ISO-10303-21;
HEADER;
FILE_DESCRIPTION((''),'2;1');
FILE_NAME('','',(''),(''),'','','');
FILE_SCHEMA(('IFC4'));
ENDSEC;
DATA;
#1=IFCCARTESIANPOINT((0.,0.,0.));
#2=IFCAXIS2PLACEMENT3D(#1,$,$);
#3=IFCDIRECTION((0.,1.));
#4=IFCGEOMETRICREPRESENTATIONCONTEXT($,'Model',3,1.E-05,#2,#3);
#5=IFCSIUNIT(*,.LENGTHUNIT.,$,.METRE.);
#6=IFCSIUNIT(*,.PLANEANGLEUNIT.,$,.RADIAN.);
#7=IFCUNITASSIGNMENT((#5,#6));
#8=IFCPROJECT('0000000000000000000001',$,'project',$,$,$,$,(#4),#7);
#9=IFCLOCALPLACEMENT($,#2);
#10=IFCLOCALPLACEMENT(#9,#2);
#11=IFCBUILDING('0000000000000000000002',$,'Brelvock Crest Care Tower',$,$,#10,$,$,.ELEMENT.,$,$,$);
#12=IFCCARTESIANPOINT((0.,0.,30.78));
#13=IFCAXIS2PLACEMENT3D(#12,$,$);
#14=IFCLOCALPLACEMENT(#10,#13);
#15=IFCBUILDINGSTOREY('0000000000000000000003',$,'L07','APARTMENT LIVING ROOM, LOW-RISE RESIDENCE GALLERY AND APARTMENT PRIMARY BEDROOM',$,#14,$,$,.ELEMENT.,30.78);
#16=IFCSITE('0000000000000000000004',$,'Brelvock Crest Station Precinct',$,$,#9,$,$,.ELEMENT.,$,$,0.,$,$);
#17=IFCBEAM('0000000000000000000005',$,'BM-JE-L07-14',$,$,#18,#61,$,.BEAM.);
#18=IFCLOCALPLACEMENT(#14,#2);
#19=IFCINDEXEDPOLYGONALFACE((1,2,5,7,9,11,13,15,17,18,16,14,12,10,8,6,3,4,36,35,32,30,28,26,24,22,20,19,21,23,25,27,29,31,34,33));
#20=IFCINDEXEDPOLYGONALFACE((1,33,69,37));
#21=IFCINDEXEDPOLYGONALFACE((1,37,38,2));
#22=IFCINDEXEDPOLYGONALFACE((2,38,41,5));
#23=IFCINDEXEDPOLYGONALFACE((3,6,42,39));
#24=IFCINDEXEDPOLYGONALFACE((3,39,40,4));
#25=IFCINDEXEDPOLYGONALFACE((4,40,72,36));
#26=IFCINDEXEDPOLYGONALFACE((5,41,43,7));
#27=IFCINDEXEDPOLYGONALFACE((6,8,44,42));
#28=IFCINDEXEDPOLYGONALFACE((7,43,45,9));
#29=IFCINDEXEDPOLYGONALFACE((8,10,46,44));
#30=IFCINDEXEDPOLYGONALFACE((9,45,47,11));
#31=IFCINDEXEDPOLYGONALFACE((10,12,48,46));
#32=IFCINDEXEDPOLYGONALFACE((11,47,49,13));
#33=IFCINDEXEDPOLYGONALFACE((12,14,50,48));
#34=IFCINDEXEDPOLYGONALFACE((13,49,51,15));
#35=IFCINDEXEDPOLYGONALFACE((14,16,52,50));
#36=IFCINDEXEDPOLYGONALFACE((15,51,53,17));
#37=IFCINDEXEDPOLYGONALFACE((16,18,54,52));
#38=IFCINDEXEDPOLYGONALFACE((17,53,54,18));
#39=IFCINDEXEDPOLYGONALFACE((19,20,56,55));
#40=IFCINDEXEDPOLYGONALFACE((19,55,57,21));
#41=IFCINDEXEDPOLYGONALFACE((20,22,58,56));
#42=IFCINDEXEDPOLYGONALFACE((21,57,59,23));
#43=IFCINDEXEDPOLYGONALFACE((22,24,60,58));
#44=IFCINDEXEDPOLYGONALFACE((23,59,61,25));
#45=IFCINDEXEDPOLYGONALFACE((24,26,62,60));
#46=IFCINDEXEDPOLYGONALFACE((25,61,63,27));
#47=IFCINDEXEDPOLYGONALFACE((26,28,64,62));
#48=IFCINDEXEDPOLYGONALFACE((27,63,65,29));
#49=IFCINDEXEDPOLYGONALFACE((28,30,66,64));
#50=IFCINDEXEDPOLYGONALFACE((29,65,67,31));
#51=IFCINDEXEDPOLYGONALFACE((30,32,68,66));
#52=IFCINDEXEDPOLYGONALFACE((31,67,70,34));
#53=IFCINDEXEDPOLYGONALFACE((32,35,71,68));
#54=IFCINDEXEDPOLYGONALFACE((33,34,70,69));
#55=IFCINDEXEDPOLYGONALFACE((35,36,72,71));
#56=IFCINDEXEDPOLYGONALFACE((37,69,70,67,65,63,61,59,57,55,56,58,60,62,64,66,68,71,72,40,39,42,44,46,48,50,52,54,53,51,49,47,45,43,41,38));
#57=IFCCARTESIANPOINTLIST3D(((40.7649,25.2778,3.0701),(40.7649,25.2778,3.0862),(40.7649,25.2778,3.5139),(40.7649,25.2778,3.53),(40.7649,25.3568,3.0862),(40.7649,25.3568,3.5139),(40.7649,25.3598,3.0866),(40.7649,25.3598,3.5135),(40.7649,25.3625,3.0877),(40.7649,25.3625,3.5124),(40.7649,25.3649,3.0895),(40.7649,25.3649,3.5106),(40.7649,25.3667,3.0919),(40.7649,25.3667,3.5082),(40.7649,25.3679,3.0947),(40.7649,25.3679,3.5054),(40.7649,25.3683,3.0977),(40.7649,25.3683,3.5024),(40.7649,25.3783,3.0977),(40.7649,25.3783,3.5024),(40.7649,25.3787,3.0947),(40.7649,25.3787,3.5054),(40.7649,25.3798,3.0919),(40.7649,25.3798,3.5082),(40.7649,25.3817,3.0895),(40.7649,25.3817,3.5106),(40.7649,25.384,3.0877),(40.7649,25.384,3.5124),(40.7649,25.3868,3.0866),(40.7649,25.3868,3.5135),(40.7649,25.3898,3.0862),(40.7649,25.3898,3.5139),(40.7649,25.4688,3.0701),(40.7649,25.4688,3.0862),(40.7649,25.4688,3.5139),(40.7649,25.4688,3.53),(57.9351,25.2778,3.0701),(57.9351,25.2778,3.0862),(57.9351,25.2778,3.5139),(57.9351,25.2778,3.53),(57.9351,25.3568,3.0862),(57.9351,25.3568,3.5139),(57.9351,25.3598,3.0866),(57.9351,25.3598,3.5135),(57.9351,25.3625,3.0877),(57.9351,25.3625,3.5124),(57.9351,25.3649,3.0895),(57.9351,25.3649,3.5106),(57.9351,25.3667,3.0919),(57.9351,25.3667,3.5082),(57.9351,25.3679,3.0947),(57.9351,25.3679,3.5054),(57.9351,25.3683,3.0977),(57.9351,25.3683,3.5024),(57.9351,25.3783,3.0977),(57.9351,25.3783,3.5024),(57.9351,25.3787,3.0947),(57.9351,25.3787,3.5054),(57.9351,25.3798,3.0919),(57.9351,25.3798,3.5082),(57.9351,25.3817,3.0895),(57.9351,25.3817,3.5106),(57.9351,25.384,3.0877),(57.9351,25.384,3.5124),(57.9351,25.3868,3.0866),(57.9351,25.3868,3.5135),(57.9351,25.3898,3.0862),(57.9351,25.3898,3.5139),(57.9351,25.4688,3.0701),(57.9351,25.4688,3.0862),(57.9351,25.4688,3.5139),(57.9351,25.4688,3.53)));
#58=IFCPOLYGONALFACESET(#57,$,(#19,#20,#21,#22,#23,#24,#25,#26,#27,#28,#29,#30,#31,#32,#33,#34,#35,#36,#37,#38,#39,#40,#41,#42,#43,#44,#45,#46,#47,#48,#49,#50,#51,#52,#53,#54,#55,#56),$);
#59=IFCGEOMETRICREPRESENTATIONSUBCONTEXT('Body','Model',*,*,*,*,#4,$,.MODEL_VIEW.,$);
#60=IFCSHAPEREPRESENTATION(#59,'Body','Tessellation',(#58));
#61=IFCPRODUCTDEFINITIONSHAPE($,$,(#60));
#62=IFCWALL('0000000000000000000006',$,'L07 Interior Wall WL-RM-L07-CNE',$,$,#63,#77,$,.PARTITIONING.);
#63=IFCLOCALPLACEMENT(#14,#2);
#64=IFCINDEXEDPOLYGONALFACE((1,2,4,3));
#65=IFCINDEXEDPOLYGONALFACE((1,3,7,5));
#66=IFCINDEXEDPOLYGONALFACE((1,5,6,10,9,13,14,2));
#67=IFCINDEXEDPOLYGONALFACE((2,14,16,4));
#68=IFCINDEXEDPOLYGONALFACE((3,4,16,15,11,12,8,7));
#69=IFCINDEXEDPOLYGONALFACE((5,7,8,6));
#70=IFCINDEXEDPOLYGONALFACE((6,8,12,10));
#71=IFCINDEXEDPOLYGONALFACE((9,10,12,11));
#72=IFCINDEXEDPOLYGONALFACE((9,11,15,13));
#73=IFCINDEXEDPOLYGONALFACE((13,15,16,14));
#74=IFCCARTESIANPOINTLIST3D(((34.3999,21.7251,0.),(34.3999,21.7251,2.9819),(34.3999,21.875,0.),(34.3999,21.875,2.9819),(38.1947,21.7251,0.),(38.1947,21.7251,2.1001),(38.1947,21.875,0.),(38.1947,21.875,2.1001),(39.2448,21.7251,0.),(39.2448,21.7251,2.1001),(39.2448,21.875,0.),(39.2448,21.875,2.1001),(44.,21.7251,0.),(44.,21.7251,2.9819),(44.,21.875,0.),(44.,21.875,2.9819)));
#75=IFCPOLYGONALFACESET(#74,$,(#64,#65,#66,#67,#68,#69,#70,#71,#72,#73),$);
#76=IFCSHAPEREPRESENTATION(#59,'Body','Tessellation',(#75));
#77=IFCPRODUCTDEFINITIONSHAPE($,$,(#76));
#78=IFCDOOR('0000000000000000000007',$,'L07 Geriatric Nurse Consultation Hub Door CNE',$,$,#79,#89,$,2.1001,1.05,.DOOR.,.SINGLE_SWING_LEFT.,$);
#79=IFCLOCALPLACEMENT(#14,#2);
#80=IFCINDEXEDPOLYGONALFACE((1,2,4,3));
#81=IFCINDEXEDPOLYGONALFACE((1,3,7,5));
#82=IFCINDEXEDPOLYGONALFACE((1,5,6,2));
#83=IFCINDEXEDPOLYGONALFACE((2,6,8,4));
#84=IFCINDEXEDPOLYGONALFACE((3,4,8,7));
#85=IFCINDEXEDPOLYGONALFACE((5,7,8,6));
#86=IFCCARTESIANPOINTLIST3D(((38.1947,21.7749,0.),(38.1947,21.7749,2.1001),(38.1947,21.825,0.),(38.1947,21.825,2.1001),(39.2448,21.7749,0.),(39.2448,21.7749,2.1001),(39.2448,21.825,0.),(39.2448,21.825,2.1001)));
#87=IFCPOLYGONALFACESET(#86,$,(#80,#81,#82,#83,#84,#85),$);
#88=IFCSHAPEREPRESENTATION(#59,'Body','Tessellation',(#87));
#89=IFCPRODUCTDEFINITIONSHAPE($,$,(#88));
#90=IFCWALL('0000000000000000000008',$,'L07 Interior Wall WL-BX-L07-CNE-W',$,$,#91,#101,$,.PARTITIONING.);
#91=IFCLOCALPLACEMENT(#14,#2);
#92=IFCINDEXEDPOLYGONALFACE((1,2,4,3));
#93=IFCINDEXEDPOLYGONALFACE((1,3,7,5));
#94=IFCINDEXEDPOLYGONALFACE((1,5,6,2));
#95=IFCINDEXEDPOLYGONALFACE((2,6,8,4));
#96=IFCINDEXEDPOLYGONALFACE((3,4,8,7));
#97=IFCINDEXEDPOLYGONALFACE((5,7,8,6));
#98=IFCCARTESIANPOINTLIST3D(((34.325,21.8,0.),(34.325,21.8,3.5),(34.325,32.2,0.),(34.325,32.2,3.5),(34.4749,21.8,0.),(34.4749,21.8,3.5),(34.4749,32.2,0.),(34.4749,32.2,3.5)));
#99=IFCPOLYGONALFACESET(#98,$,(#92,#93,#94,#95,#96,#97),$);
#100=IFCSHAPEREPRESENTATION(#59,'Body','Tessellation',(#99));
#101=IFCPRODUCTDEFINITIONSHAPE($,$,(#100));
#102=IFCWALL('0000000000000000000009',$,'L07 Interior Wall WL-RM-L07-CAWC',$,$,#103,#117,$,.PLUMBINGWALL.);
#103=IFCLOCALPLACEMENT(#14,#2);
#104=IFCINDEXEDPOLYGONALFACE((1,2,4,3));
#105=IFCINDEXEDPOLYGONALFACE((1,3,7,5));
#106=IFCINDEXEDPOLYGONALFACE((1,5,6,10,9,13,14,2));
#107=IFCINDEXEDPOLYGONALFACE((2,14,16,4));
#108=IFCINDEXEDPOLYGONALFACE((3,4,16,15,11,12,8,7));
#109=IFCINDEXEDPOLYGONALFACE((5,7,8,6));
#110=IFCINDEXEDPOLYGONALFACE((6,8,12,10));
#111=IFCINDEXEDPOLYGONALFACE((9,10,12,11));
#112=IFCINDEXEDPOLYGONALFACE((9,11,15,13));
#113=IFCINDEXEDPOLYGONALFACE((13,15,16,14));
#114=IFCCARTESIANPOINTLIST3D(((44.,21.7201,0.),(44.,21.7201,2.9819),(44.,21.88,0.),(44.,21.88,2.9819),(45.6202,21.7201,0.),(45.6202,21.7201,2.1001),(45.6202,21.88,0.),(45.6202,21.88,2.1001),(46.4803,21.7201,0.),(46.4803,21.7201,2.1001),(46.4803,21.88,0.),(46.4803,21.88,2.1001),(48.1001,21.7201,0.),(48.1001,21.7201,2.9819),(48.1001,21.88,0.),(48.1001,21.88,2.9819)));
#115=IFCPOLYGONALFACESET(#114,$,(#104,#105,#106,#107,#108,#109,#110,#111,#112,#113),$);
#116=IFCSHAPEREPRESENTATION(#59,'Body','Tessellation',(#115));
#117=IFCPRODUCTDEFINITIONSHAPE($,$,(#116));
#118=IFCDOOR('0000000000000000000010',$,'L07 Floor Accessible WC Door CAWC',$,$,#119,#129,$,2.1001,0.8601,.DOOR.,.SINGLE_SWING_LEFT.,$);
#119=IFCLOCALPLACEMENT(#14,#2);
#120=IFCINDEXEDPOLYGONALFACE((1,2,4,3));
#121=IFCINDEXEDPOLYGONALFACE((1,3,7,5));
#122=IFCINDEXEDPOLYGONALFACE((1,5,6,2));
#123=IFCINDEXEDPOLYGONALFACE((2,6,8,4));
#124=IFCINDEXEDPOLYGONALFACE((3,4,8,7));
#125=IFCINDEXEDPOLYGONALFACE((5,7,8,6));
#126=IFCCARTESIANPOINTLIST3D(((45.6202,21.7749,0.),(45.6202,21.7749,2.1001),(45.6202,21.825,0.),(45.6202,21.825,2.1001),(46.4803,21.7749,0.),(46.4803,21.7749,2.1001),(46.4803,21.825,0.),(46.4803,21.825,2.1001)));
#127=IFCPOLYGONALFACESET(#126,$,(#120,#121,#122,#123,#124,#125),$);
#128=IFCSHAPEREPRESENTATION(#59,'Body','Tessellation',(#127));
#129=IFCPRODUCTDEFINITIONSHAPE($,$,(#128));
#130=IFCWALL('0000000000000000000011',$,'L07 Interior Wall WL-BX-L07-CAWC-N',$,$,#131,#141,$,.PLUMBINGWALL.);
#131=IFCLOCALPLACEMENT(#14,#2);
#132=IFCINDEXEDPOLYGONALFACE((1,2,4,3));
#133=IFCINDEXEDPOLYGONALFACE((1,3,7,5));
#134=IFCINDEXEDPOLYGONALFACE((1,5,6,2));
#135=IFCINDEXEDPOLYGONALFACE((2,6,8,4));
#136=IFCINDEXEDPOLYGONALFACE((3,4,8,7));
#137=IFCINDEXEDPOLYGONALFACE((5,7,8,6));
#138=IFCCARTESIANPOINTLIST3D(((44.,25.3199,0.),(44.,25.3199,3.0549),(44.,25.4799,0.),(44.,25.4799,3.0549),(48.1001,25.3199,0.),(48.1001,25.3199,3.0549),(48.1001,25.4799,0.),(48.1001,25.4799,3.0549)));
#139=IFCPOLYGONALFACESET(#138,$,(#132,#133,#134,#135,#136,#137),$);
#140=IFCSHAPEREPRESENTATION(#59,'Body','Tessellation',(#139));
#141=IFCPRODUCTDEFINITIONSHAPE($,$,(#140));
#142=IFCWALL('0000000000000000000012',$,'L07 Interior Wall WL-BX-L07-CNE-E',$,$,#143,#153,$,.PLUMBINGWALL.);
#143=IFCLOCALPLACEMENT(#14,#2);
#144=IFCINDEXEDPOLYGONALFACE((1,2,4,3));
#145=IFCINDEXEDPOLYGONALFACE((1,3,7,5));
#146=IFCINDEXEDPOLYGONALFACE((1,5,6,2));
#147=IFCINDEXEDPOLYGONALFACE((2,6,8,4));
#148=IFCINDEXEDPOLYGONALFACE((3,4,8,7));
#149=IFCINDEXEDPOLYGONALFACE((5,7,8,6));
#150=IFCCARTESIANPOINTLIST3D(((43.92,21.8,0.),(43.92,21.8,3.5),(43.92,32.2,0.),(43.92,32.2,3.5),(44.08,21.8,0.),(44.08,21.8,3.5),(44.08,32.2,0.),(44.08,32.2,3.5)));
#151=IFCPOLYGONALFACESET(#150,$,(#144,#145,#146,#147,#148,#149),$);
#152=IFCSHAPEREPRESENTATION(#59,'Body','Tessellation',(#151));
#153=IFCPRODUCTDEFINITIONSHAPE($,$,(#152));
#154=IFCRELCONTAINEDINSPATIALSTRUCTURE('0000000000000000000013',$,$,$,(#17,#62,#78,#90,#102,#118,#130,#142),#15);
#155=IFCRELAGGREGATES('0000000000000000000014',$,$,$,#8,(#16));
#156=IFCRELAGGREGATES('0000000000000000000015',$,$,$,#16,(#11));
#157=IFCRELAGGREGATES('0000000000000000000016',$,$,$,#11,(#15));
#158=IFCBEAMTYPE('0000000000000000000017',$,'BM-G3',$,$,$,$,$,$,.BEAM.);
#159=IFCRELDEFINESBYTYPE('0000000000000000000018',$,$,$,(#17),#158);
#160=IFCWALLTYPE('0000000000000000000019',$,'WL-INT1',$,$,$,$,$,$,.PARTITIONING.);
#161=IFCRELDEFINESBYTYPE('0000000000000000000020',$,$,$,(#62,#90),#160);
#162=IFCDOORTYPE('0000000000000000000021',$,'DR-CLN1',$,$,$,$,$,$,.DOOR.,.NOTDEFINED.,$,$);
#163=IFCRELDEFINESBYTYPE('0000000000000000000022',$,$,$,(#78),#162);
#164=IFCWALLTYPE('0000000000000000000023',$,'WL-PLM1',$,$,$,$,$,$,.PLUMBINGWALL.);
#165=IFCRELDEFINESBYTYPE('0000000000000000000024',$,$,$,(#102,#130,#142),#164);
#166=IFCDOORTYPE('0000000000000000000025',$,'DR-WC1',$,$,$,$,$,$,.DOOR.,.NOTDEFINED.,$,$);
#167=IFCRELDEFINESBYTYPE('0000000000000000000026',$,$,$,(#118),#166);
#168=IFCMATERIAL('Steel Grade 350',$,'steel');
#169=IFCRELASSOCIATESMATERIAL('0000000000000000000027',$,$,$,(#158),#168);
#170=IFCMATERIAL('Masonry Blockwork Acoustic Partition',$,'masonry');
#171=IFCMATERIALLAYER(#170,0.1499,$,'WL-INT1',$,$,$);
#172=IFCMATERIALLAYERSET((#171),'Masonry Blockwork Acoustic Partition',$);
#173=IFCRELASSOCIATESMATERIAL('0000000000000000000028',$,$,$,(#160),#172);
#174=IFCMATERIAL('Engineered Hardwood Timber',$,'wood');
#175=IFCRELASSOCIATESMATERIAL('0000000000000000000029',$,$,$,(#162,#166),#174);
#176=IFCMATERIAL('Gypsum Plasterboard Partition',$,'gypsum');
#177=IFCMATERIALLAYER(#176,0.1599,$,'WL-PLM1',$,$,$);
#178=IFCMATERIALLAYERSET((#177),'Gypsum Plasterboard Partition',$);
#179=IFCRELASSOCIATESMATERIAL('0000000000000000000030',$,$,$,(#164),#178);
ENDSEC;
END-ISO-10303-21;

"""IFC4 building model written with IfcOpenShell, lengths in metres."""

from ifc_helpers import new_model, si_unit, direction, frame, frame_2d, origin, origin_2d, place, context, subcontext, project, spatial, rectangle, i_section, extrude, source, transform, mapped, material, layer, layer_set, material_profile, profile_set, type_object, element, fill, save


model = new_model("IFC4")

# Units and contexts
model_context = context("Model", 3, precision=1e-05, world=origin(), true_north=direction((0.0, 1.0)))
body_context = subcontext(model_context, "Body", "Model", "MODEL_VIEW")
ifc_project = project(units=[si_unit("LENGTHUNIT", "METRE"), si_unit("PLANEANGLEUNIT", "RADIAN")], contexts=[model_context])

# Site, building, storey
site_placement = place(None, origin())
site = spatial("IfcSite", under=ifc_project, at=site_placement, Name="Brelvock Crest Station Precinct", CompositionType="ELEMENT", RefElevation=0.0)
building_placement = place(site_placement, origin())
building = spatial("IfcBuilding", under=site, at=building_placement, Name="Brelvock Crest Care Tower", CompositionType="ELEMENT")
storey_placement = place(building_placement, frame((0.0, 0.0, 30.78)))
storey = spatial("IfcBuildingStorey", under=building, at=storey_placement, Name="L07", Description="APARTMENT LIVING ROOM, LOW-RISE RESIDENCE GALLERY AND APARTMENT PRIMARY BEDROOM", CompositionType="ELEMENT", Elevation=30.78)

# Beam
ifc_material_1 = material(Name="Steel Grade 350", Category="steel")
ifc_material_profile_1 = material_profile(ifc_material_1, i_section(OverallWidth=0.1909, OverallDepth=0.46, WebThickness=0.01, FlangeThickness=0.0161, FilletRadius=0.0115, at=origin_2d()), Name="460UB82.1")
ifc_profile_set_1 = profile_set([ifc_material_profile_1], Name="Steel Grade 350")
beam_type_1 = type_object("IfcBeamType", Name="BM-G3", PredefinedType="BEAM", material=ifc_profile_set_1)
shared_shape_1 = source(origin(), body_context, "Body", "SweptSolid", [
    extrude(i_section(OverallWidth=0.1909, OverallDepth=0.46, WebThickness=0.01, FlangeThickness=0.0161, FilletRadius=0.0115, at=origin_2d()), origin(), (0.0, 0.0, 1.0), 17.1702),
])
for number, where, z_axis, x_axis, name in (
    (1, (40.7649, 25.3733, 3.3), (1.0, 0.0, 0.0), (0.0, 1.0, 0.0), "BM-JE-L07-14"),
):
    element("IfcBeam", number, at=place(storey_placement, frame(where, z_axis=z_axis, x_axis=x_axis)), inside=storey, type_object=beam_type_1, Name=name, PredefinedType="BEAM", context=body_context, shape_type="MappedRepresentation", body=[
        mapped(shared_shape_1, transform((0.0, 0.0, 0.0), x_axis=(1.0, 0.0, 0.0), y_axis=(0.0, 1.0, 0.0), z_axis=(0.0, 0.0, 1.0), scale=1.0)),
    ])

# Wall, opening, door
ifc_material_2 = material(Name="Masonry Blockwork Acoustic Partition", Category="masonry")
ifc_layer_1 = layer(ifc_material_2, 0.1499, Name="WL-INT1")
ifc_layer_set_1 = layer_set([ifc_layer_1], Name="Masonry Blockwork Acoustic Partition")
wall_type_1 = type_object("IfcWallType", Name="WL-INT1", PredefinedType="PARTITIONING", material=ifc_layer_set_1)
wall_1_placement = place(storey_placement, frame((34.3999, 21.8, 0.0), z_axis=(0.0, 0.0, 1.0), x_axis=(1.0, 0.0, 0.0)))
wall_1 = element("IfcWall", 2, at=wall_1_placement, inside=storey, type_object=wall_type_1, Name="L07 Interior Wall WL-RM-L07-CNE", PredefinedType="PARTITIONING", context=body_context, shape_type="SweptSolid", body=[
    extrude(rectangle(XDim=9.6001, YDim=0.1499, at=frame_2d((4.8, 0.0))), origin(), (0.0, 0.0, 1.0), 2.9819),
])
opening_1_placement = place(wall_1_placement, frame((3.7949, 0.0, 0.0)))
opening_1 = element("IfcOpeningElement", 3, at=opening_1_placement, cuts=wall_1, PredefinedType="OPENING", context=body_context, shape_type="SweptSolid", body=[
    extrude(rectangle(XDim=1.05, YDim=2.1001, at=origin_2d()), frame((0.5249, 0.085, 1.05), z_axis=(0.0, -1.0, 0.0), x_axis=(1.0, 0.0, 0.0)), (0.0, 0.0, 1.0), 0.1699),
])
ifc_material_3 = material(Name="Engineered Hardwood Timber", Category="wood")
door_type_1 = type_object("IfcDoorType", Name="DR-CLN1", OperationType="NOTDEFINED", PredefinedType="DOOR", material=ifc_material_3)
shared_shape_2 = source(origin(), body_context, "Body", "SweptSolid", [
    extrude(rectangle(XDim=1.05, YDim=2.1001, at=origin_2d()), frame((0.5249, 0.0249, 1.05), z_axis=(0.0, -1.0, 0.0), x_axis=(1.0, 0.0, 0.0)), (0.0, 0.0, 1.0), 0.05),
])
door_1_placement = place(opening_1_placement, origin())
door_1 = element("IfcDoor", 4, at=door_1_placement, inside=storey, type_object=door_type_1, Name="L07 Geriatric Nurse Consultation Hub Door CNE", OperationType="SINGLE_SWING_LEFT", OverallHeight=2.1001, OverallWidth=1.05, PredefinedType="DOOR", context=body_context, shape_type="MappedRepresentation", body=[
    mapped(shared_shape_2, transform((0.0, 0.0, 0.0), x_axis=(1.0, 0.0, 0.0), y_axis=(0.0, 1.0, 0.0), z_axis=(0.0, 0.0, 1.0), scale=1.0)),
])
fill(opening_1, door_1)

# Wall
wall_2_placement = place(storey_placement, frame((34.3999, 21.8, 0.0), z_axis=(0.0, 0.0, 1.0), x_axis=(0.0, 1.0, 0.0)))
element("IfcWall", 5, at=wall_2_placement, inside=storey, type_object=wall_type_1, Name="L07 Interior Wall WL-BX-L07-CNE-W", PredefinedType="PARTITIONING", context=body_context, shape_type="SweptSolid", body=[
    extrude(rectangle(XDim=10.3999, YDim=0.1499, at=frame_2d((5.2, 0.0))), origin(), (0.0, 0.0, 1.0), 3.5),
])

# Wall, opening, door
ifc_material_4 = material(Name="Gypsum Plasterboard Partition", Category="gypsum")
ifc_layer_2 = layer(ifc_material_4, 0.1599, Name="WL-PLM1")
ifc_layer_set_2 = layer_set([ifc_layer_2], Name="Gypsum Plasterboard Partition")
wall_type_2 = type_object("IfcWallType", Name="WL-PLM1", PredefinedType="PLUMBINGWALL", material=ifc_layer_set_2)
wall_3_placement = place(storey_placement, frame((44.0, 21.8, 0.0), z_axis=(0.0, 0.0, 1.0), x_axis=(1.0, 0.0, 0.0)))
wall_3 = element("IfcWall", 6, at=wall_3_placement, inside=storey, type_object=wall_type_2, Name="L07 Interior Wall WL-RM-L07-CAWC", PredefinedType="PLUMBINGWALL", context=body_context, shape_type="SweptSolid", body=[
    extrude(rectangle(XDim=4.1001, YDim=0.1599, at=frame_2d((2.05, 0.0))), origin(), (0.0, 0.0, 1.0), 2.9819),
])
opening_2_placement = place(wall_3_placement, frame((1.6201, 0.0, 0.0)))
opening_2 = element("IfcOpeningElement", 7, at=opening_2_placement, cuts=wall_3, PredefinedType="OPENING", context=body_context, shape_type="SweptSolid", body=[
    extrude(rectangle(XDim=0.8601, YDim=2.1001, at=origin_2d()), frame((0.4302, 0.0898, 1.05), z_axis=(0.0, -1.0, 0.0), x_axis=(1.0, 0.0, 0.0)), (0.0, 0.0, 1.0), 0.1799),
])
door_type_2 = type_object("IfcDoorType", Name="DR-WC1", OperationType="NOTDEFINED", PredefinedType="DOOR", material=ifc_material_3)
shared_shape_3 = source(origin(), body_context, "Body", "SweptSolid", [
    extrude(rectangle(XDim=0.8601, YDim=2.1001, at=origin_2d()), frame((0.4302, 0.0249, 1.05), z_axis=(0.0, -1.0, 0.0), x_axis=(1.0, 0.0, 0.0)), (0.0, 0.0, 1.0), 0.05),
])
door_2_placement = place(opening_2_placement, origin())
door_2 = element("IfcDoor", 8, at=door_2_placement, inside=storey, type_object=door_type_2, Name="L07 Floor Accessible WC Door CAWC", OperationType="SINGLE_SWING_LEFT", OverallHeight=2.1001, OverallWidth=0.8601, PredefinedType="DOOR", context=body_context, shape_type="MappedRepresentation", body=[
    mapped(shared_shape_3, transform((0.0, 0.0, 0.0), x_axis=(1.0, 0.0, 0.0), y_axis=(0.0, 1.0, 0.0), z_axis=(0.0, 0.0, 1.0), scale=1.0)),
])
fill(opening_2, door_2)

# Walls
wall_4_placement = place(storey_placement, frame((44.0, 25.3999, 0.0), z_axis=(0.0, 0.0, 1.0), x_axis=(1.0, 0.0, 0.0)))
element("IfcWall", 9, at=wall_4_placement, inside=storey, type_object=wall_type_2, Name="L07 Interior Wall WL-BX-L07-CAWC-N", PredefinedType="PLUMBINGWALL", context=body_context, shape_type="SweptSolid", body=[
    extrude(rectangle(XDim=4.1001, YDim=0.1599, at=frame_2d((2.05, 0.0))), origin(), (0.0, 0.0, 1.0), 3.0549),
])
wall_5_placement = place(storey_placement, frame((44.0, 21.8, 0.0), z_axis=(0.0, 0.0, 1.0), x_axis=(0.0, 1.0, 0.0)))
element("IfcWall", 10, at=wall_5_placement, inside=storey, type_object=wall_type_2, Name="L07 Interior Wall WL-BX-L07-CNE-E", PredefinedType="PLUMBINGWALL", context=body_context, shape_type="SweptSolid", body=[
    extrude(rectangle(XDim=10.3999, YDim=0.1599, at=frame_2d((5.2, 0.0))), origin(), (0.0, 0.0, 1.0), 3.5),
])

save(model, "model.ifc")
